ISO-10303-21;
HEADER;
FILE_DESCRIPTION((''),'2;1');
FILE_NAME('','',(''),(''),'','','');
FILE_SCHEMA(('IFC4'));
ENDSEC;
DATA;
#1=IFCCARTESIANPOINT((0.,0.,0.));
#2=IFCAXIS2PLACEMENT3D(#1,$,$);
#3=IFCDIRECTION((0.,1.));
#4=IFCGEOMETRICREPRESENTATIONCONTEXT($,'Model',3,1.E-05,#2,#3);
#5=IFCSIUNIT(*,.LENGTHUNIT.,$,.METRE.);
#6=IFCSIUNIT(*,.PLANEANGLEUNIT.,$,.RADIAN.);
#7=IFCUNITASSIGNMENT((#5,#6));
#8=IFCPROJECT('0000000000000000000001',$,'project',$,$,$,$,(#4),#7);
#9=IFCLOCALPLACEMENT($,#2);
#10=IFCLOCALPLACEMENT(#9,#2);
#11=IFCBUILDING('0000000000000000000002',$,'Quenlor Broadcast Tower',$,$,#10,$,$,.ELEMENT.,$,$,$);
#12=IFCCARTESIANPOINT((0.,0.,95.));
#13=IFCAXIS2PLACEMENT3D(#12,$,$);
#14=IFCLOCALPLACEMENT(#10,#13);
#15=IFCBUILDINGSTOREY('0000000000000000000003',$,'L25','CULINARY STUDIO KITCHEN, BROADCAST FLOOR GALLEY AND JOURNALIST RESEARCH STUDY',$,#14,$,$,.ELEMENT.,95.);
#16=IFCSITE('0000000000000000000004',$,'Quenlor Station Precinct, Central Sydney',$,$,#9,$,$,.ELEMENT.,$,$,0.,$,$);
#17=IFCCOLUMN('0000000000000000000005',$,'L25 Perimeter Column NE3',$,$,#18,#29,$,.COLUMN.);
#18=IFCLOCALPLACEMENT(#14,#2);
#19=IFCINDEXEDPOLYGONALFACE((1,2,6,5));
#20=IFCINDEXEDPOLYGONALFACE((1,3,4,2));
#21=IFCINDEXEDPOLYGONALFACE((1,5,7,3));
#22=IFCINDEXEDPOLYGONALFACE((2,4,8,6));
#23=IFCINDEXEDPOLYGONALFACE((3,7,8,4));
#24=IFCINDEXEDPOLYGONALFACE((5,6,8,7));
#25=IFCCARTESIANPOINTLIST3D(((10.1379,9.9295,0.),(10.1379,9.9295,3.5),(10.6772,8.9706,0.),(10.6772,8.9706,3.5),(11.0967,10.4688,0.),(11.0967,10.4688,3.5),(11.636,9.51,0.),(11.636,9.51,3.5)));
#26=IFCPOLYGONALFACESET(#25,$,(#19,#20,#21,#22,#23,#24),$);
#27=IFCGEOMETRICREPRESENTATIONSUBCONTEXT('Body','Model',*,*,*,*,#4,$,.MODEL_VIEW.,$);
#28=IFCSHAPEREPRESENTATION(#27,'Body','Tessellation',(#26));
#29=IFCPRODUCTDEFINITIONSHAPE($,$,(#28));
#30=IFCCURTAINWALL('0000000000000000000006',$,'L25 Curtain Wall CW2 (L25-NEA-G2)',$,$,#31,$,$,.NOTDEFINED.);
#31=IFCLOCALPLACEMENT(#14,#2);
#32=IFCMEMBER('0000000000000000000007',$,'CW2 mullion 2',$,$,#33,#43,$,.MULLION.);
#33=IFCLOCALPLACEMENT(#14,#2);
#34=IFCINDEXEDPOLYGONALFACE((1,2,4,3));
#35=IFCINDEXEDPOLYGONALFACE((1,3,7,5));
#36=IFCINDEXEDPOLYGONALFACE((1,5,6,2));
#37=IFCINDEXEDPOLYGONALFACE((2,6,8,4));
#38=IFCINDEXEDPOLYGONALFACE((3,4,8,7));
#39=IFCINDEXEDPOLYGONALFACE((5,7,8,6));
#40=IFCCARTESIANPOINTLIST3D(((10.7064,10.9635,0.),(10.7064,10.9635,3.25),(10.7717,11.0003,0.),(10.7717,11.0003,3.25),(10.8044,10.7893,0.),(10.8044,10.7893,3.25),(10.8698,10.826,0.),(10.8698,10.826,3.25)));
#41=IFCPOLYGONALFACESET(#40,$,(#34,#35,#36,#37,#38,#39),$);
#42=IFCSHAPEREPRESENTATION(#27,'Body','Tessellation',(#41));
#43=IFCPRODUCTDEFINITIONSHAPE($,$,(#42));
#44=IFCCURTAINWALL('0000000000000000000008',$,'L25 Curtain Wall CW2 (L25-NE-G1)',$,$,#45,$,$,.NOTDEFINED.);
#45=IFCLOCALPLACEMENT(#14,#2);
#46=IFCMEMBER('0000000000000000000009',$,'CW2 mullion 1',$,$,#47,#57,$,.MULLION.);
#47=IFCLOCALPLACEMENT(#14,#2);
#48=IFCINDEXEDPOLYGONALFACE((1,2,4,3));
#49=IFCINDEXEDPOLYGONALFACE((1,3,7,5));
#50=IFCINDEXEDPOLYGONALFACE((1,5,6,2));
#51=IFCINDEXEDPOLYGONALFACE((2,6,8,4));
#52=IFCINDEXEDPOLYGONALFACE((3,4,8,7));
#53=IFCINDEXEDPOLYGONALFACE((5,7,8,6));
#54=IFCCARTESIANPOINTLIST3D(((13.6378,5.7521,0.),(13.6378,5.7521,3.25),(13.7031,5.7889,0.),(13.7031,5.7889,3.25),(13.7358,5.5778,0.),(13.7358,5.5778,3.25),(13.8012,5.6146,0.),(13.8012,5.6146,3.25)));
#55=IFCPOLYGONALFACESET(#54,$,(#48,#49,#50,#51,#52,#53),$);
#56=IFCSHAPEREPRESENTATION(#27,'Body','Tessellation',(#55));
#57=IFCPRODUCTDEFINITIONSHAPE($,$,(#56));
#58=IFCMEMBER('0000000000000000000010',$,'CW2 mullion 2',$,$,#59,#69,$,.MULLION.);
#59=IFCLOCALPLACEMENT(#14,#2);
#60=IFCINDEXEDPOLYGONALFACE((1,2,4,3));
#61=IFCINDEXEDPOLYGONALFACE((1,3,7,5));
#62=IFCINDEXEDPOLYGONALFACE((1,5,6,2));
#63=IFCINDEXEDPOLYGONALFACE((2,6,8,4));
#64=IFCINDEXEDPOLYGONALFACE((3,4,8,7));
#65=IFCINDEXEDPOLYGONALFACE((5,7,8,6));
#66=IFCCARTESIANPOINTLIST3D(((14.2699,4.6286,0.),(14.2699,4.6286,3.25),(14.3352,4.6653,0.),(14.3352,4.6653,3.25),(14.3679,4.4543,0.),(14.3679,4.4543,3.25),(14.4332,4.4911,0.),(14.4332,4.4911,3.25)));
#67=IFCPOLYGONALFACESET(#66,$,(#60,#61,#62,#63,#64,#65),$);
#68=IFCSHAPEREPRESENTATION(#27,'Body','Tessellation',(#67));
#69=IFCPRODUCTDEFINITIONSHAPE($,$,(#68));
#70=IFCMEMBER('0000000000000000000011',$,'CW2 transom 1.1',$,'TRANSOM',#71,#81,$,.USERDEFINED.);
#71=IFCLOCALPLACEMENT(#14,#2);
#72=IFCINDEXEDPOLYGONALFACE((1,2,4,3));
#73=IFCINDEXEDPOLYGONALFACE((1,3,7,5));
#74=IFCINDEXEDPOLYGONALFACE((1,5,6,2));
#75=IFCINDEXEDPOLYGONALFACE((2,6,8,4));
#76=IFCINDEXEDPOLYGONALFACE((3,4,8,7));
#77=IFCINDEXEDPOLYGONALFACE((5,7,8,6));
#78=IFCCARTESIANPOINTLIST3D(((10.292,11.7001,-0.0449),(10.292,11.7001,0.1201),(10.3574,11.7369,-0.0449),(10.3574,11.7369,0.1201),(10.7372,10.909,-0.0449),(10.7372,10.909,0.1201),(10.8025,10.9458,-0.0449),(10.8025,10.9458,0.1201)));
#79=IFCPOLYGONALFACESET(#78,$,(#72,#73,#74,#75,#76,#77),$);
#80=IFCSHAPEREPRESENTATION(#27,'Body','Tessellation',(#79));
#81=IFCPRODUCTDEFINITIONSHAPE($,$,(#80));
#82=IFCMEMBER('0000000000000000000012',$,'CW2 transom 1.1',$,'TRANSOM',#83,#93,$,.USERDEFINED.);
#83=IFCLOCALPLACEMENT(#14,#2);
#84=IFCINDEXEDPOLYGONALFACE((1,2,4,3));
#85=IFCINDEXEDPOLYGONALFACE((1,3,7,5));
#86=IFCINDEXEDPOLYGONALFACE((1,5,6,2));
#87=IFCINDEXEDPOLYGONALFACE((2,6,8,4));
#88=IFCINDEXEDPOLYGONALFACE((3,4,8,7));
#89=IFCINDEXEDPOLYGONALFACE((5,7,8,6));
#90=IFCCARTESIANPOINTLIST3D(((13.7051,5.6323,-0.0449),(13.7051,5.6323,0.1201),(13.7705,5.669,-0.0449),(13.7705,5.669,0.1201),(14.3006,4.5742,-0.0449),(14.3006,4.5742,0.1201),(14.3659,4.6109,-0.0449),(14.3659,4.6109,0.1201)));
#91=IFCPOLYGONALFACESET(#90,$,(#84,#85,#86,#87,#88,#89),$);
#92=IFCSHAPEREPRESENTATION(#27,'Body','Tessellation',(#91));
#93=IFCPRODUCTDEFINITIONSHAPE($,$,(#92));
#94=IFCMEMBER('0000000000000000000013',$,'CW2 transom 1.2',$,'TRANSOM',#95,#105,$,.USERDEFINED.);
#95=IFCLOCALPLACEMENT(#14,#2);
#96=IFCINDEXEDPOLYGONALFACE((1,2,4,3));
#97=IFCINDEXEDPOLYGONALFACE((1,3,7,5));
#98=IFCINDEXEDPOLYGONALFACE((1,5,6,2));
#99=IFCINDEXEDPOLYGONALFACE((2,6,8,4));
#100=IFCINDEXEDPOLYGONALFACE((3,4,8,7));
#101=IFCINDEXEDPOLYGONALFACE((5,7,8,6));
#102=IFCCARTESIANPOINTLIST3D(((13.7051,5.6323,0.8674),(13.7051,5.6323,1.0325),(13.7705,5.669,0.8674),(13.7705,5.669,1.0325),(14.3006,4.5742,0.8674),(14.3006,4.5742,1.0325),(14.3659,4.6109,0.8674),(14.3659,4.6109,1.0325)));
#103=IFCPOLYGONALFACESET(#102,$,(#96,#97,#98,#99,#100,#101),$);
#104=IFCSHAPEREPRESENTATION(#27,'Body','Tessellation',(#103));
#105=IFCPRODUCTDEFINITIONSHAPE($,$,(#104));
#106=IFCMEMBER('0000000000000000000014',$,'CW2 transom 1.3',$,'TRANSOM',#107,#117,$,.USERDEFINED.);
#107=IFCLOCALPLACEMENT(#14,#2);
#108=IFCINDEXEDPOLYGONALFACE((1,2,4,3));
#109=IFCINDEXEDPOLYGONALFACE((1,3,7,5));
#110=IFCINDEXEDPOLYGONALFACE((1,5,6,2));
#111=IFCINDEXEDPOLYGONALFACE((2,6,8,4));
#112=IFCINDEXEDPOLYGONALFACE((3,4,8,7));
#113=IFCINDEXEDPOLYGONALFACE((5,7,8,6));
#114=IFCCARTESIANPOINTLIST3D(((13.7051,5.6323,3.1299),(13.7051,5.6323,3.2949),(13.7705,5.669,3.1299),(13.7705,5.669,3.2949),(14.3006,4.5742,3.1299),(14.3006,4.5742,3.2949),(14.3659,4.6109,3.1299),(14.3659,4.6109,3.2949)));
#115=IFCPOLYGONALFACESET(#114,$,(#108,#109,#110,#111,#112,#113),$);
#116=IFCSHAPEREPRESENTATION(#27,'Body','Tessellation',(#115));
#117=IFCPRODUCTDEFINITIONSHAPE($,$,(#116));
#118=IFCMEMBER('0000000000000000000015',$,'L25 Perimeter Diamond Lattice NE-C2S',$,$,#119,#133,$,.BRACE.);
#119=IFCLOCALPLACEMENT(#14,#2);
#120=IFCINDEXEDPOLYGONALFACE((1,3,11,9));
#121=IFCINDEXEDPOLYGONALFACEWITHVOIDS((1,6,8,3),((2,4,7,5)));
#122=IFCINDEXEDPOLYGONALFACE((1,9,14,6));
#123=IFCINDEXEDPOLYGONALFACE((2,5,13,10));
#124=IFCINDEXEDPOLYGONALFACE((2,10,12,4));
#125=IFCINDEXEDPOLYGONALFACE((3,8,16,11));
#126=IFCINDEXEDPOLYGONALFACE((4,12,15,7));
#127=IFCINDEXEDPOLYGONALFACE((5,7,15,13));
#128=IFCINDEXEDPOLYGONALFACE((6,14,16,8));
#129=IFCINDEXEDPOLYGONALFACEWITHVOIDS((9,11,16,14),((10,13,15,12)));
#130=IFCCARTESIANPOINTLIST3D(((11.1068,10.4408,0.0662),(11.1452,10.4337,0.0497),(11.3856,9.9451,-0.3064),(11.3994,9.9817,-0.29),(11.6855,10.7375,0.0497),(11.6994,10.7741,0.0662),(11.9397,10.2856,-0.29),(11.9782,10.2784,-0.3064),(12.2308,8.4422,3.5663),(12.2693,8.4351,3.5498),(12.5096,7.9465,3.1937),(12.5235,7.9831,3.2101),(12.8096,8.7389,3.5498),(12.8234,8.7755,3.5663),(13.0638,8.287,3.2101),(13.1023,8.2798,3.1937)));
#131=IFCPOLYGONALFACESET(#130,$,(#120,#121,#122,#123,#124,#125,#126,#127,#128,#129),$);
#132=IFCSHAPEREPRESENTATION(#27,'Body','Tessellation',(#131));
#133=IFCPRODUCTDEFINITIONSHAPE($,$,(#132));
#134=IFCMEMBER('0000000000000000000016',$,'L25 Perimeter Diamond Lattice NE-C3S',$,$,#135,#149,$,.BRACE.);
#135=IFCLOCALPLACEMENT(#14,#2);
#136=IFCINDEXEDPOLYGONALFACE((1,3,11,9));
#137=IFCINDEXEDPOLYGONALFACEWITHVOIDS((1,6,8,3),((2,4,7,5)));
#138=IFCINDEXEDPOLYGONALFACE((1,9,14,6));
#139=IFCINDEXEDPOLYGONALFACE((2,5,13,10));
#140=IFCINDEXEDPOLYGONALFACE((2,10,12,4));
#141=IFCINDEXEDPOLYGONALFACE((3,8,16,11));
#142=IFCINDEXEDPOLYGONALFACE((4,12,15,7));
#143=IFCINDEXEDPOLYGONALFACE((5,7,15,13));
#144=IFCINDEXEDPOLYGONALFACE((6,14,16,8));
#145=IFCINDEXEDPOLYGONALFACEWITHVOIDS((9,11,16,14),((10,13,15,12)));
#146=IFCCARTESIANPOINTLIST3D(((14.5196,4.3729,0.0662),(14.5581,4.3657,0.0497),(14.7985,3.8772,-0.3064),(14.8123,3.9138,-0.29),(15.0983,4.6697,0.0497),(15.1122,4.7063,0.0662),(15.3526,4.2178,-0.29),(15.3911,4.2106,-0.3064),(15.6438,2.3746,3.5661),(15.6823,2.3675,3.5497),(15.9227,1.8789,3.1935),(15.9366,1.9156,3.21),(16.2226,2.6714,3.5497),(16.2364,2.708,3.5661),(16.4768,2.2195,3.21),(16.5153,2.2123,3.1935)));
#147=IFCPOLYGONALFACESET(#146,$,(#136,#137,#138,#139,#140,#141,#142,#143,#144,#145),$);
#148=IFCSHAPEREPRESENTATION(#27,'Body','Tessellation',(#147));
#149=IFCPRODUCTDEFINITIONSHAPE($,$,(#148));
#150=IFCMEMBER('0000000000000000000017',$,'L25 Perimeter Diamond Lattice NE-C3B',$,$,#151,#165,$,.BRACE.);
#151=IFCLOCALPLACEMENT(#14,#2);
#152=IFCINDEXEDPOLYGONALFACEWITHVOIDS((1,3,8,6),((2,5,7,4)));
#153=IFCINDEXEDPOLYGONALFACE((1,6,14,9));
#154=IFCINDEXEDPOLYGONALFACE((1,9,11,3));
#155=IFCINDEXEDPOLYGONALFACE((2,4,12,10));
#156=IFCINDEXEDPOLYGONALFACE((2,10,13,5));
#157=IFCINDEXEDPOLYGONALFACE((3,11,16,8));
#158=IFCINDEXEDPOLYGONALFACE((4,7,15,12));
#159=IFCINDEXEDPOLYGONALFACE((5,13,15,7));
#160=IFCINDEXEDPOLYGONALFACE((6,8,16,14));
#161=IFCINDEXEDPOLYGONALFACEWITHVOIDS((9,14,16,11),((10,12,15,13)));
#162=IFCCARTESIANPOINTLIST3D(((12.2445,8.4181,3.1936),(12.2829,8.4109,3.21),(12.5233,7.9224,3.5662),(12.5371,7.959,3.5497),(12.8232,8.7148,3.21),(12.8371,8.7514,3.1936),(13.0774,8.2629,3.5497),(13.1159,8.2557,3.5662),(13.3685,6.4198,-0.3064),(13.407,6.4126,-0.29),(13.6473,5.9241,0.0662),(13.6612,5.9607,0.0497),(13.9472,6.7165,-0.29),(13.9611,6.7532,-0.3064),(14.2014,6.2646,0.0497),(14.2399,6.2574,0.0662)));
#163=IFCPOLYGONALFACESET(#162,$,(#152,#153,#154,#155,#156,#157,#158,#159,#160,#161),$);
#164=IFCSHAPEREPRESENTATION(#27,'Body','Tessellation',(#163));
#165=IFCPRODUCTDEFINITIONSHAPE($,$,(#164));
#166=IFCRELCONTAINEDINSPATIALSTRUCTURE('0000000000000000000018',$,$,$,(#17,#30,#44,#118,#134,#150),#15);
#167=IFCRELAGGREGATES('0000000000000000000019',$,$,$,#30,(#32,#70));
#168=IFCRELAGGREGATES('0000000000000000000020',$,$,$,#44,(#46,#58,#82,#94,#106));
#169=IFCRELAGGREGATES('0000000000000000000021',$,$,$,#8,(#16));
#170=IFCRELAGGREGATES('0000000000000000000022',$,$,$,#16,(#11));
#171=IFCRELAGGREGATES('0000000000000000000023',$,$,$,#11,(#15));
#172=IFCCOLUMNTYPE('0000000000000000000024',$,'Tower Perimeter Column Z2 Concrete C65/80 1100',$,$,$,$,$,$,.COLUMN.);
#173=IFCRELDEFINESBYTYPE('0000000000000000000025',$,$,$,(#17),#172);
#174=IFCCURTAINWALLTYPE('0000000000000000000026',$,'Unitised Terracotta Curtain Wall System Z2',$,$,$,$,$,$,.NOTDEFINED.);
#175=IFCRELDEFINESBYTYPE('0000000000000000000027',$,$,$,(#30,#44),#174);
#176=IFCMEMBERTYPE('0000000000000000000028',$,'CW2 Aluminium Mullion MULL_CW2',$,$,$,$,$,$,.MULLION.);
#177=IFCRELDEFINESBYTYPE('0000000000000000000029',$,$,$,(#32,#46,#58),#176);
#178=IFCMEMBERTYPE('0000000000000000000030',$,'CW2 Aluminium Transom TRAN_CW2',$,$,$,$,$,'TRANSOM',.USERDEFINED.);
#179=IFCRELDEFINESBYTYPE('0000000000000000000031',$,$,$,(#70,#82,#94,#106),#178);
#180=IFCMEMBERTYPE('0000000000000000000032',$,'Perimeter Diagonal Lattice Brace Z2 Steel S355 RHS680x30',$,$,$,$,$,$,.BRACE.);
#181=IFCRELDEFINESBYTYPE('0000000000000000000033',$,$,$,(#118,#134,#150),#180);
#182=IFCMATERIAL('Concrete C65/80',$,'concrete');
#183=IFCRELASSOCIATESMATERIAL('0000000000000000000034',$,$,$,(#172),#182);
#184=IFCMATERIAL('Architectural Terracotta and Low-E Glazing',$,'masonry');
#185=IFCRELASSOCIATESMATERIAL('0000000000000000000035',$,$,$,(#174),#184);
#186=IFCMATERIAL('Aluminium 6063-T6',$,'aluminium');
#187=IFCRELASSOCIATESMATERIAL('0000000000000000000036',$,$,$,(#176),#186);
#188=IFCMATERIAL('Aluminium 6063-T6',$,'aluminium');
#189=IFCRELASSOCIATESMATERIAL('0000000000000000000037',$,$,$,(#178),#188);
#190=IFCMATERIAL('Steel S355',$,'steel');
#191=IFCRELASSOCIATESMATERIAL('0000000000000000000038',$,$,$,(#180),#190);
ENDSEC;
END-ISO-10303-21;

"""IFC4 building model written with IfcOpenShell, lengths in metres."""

from ifc_helpers import new_model, si_unit, direction, frame, origin, origin_2d, place, context, subcontext, project, spatial, rectangle, hollow_rectangle, extrude, material, material_profile, profile_set, type_object, element, aggregate, save


model = new_model("IFC4")

# Units and contexts
model_context = context("Model", 3, precision=1e-05, world=origin(), true_north=direction((0.0, 1.0)))
body_context = subcontext(model_context, "Body", "Model", "MODEL_VIEW")
ifc_project = project(units=[si_unit("LENGTHUNIT", "METRE"), si_unit("PLANEANGLEUNIT", "RADIAN")], contexts=[model_context])

# Site, building, storey
site_placement = place(None, origin())
site = spatial("IfcSite", under=ifc_project, at=site_placement, Name="Quenlor Station Precinct, Central Sydney", CompositionType="ELEMENT", RefElevation=0.0)
building_placement = place(site_placement, origin())
building = spatial("IfcBuilding", under=site, at=building_placement, Name="Quenlor Broadcast Tower", CompositionType="ELEMENT")
storey_placement = place(building_placement, frame((0.0, 0.0, 95.0)))
storey = spatial("IfcBuildingStorey", under=building, at=storey_placement, Name="L25", Description="CULINARY STUDIO KITCHEN, BROADCAST FLOOR GALLEY AND JOURNALIST RESEARCH STUDY", CompositionType="ELEMENT", Elevation=95.0)

# Column
ifc_material_1 = material(Name="Concrete C65/80", Category="concrete")
ifc_material_profile_1 = material_profile(ifc_material_1, rectangle(XDim=1.1001, YDim=1.1001, at=origin_2d()))
ifc_profile_set_1 = profile_set([ifc_material_profile_1], Name="Concrete C65/80 RC1100x1100")
column_type = type_object("IfcColumnType", Name="Tower Perimeter Column Z2 Concrete C65/80 1100", PredefinedType="COLUMN", material=ifc_profile_set_1)
column_placement = place(storey_placement, frame((10.887, 9.7197, 0.0), z_axis=(0.0, 0.0, 1.0), x_axis=(0.871575, 0.490262, 0.0)))
element("IfcColumn", 1, at=column_placement, inside=storey, type_object=column_type, Name="L25 Perimeter Column NE3", PredefinedType="COLUMN", context=body_context, shape_type="SweptSolid", body=[
    extrude(rectangle(XDim=1.1001, YDim=1.1001, at=origin_2d()), origin(), (0.0, 0.0, 1.0), 3.5),
])

# Curtain wall, member
ifc_material_2 = material(Name="Architectural Terracotta and Low-E Glazing", Category="masonry")
curtain_wall_type = type_object("IfcCurtainWallType", Name="Unitised Terracotta Curtain Wall System Z2", PredefinedType="NOTDEFINED", material=ifc_material_2)
curtain_wall_1_placement = place(storey_placement, origin())
curtain_wall_1 = element("IfcCurtainWall", 2, at=curtain_wall_1_placement, inside=storey, type_object=curtain_wall_type, Name="L25 Curtain Wall CW2 (L25-NEA-G2)", PredefinedType="NOTDEFINED")
ifc_material_3 = material(Name="Aluminium 6063-T6", Category="aluminium")
ifc_material_profile_2 = material_profile(ifc_material_3, rectangle(XDim=0.075, YDim=0.2, at=origin_2d()))
ifc_profile_set_2 = profile_set([ifc_material_profile_2], Name="Aluminium 6063-T6 MULL75x200")
member_type_1 = type_object("IfcMemberType", Name="CW2 Aluminium Mullion MULL_CW2", PredefinedType="MULLION", material=ifc_profile_set_2)
member_1_placement = place(storey_placement, frame((10.7881, 10.8948, 0.0), z_axis=(0.0, 0.0, 1.0), x_axis=(0.871581, 0.490252, 0.0)))
member_1 = element("IfcMember", 3, at=member_1_placement, type_object=member_type_1, Name="CW2 mullion 2", PredefinedType="MULLION", context=body_context, shape_type="SweptSolid", body=[
    extrude(rectangle(XDim=0.075, YDim=0.2, at=origin_2d()), origin(), (0.0, 0.0, 1.0), 3.25),
])

# Curtain wall, members
curtain_wall_2_placement = place(storey_placement, origin())
curtain_wall_2 = element("IfcCurtainWall", 4, at=curtain_wall_2_placement, inside=storey, type_object=curtain_wall_type, Name="L25 Curtain Wall CW2 (L25-NE-G1)", PredefinedType="NOTDEFINED")
member_2_placement = place(storey_placement, frame((13.7195, 5.6833, 0.0), z_axis=(0.0, 0.0, 1.0), x_axis=(0.871579, 0.490254, 0.0)))
member_2 = element("IfcMember", 5, at=member_2_placement, type_object=member_type_1, Name="CW2 mullion 1", PredefinedType="MULLION", context=body_context, shape_type="SweptSolid", body=[
    extrude(rectangle(XDim=0.075, YDim=0.2, at=origin_2d()), origin(), (0.0, 0.0, 1.0), 3.25),
])
member_3_placement = place(storey_placement, frame((14.3516, 4.5598, 0.0), z_axis=(0.0, 0.0, 1.0), x_axis=(0.871579, 0.490254, 0.0)))
member_3 = element("IfcMember", 6, at=member_3_placement, type_object=member_type_1, Name="CW2 mullion 2", PredefinedType="MULLION", context=body_context, shape_type="SweptSolid", body=[
    extrude(rectangle(XDim=0.075, YDim=0.2, at=origin_2d()), origin(), (0.0, 0.0, 1.0), 3.25),
])

# Members
ifc_material_4 = material(Name="Aluminium 6063-T6", Category="aluminium")
ifc_material_profile_3 = material_profile(ifc_material_4, rectangle(XDim=0.075, YDim=0.165, at=origin_2d()))
ifc_profile_set_3 = profile_set([ifc_material_profile_3], Name="Aluminium 6063-T6 TRAN75x165")
member_type_2 = type_object("IfcMemberType", Name="CW2 Aluminium Transom TRAN_CW2", ElementType="TRANSOM", PredefinedType="USERDEFINED", material=ifc_profile_set_3)
member_4_placement = place(storey_placement, frame((10.3247, 11.7185, 0.0376), z_axis=(0.490363, -0.871518, 0.0), x_axis=(0.871518, 0.490363, 0.0)))
member_4 = element("IfcMember", 7, at=member_4_placement, type_object=member_type_2, Name="CW2 transom 1.1", ObjectType="TRANSOM", PredefinedType="USERDEFINED", context=body_context, shape_type="SweptSolid", body=[
    extrude(rectangle(XDim=0.075, YDim=0.165, at=origin_2d()), origin(), (0.0, 0.0, 1.0), 0.9077),
])
member_5_placement = place(storey_placement, frame((13.7378, 5.6506, 0.0376), z_axis=(0.490433, -0.871479, 0.0), x_axis=(0.871479, 0.490433, 0.0)))
member_5 = element("IfcMember", 8, at=member_5_placement, type_object=member_type_2, Name="CW2 transom 1.1", ObjectType="TRANSOM", PredefinedType="USERDEFINED", context=body_context, shape_type="SweptSolid", body=[
    extrude(rectangle(XDim=0.075, YDim=0.165, at=origin_2d()), origin(), (0.0, 0.0, 1.0), 1.2141),
])
member_6_placement = place(storey_placement, frame((13.7378, 5.6506, 0.95), z_axis=(0.490433, -0.871479, 0.0), x_axis=(0.871479, 0.490433, 0.0)))
member_6 = element("IfcMember", 9, at=member_6_placement, type_object=member_type_2, Name="CW2 transom 1.2", ObjectType="TRANSOM", PredefinedType="USERDEFINED", context=body_context, shape_type="SweptSolid", body=[
    extrude(rectangle(XDim=0.075, YDim=0.165, at=origin_2d()), origin(), (0.0, 0.0, 1.0), 1.2141),
])
member_7_placement = place(storey_placement, frame((13.7378, 5.6506, 3.2124), z_axis=(0.490433, -0.871479, 0.0), x_axis=(0.871479, 0.490433, 0.0)))
member_7 = element("IfcMember", 10, at=member_7_placement, type_object=member_type_2, Name="CW2 transom 1.3", ObjectType="TRANSOM", PredefinedType="USERDEFINED", context=body_context, shape_type="SweptSolid", body=[
    extrude(rectangle(XDim=0.075, YDim=0.165, at=origin_2d()), origin(), (0.0, 0.0, 1.0), 1.2141),
])

# Members
ifc_material_5 = material(Name="Steel S355", Category="steel")
ifc_material_profile_4 = material_profile(ifc_material_5, hollow_rectangle(XDim=0.6799, YDim=0.6799, WallThickness=0.03, at=origin_2d()))
ifc_profile_set_4 = profile_set([ifc_material_profile_4], Name="Steel S355 RHS680x680x30")
member_type_3 = type_object("IfcMemberType", Name="Perimeter Diagonal Lattice Brace Z2 Steel S355 RHS680x30", PredefinedType="BRACE", material=ifc_profile_set_4)
member_8_placement = place(storey_placement, frame((11.5425, 10.3596, -0.1201), z_axis=(0.268635, -0.477638, 0.836479), x_axis=(0.871604, 0.490211, 0.0)))
element("IfcMember", 11, at=member_8_placement, inside=storey, type_object=member_type_3, Name="L25 Perimeter Diamond Lattice NE-C2S", PredefinedType="BRACE", context=body_context, shape_type="SweptSolid", body=[
    extrude(hollow_rectangle(XDim=0.6799, YDim=0.6799, WallThickness=0.03, at=origin_2d()), origin(), (0.0, 0.0, 1.0), 4.1843),
])
for number, where, z_axis, x_axis, name in (
    (12, (14.9553, 4.2917, -0.1201), (0.268697, -0.477585, 0.836489), (0.871533, 0.490337, 0.0), "L25 Perimeter Diamond Lattice NE-C3S"),
    (13, (13.8042, 6.3386, -0.1201), (-0.268642, 0.477593, 0.836502), (-0.871578, -0.490256, 0.0), "L25 Perimeter Diamond Lattice NE-C3B"),
):
    element("IfcMember", number, at=place(storey_placement, frame(where, z_axis=z_axis, x_axis=x_axis)), inside=storey, type_object=member_type_3, Name=name, PredefinedType="BRACE", context=body_context, shape_type="SweptSolid", body=[
        extrude(hollow_rectangle(XDim=0.6799, YDim=0.6799, WallThickness=0.03, at=origin_2d()), origin(), (0.0, 0.0, 1.0), 4.1841),
    ])

aggregate(curtain_wall_1, [member_1, member_4])
aggregate(curtain_wall_2, [member_2, member_3, member_5, member_6, member_7])

save(model, "model.ifc")
